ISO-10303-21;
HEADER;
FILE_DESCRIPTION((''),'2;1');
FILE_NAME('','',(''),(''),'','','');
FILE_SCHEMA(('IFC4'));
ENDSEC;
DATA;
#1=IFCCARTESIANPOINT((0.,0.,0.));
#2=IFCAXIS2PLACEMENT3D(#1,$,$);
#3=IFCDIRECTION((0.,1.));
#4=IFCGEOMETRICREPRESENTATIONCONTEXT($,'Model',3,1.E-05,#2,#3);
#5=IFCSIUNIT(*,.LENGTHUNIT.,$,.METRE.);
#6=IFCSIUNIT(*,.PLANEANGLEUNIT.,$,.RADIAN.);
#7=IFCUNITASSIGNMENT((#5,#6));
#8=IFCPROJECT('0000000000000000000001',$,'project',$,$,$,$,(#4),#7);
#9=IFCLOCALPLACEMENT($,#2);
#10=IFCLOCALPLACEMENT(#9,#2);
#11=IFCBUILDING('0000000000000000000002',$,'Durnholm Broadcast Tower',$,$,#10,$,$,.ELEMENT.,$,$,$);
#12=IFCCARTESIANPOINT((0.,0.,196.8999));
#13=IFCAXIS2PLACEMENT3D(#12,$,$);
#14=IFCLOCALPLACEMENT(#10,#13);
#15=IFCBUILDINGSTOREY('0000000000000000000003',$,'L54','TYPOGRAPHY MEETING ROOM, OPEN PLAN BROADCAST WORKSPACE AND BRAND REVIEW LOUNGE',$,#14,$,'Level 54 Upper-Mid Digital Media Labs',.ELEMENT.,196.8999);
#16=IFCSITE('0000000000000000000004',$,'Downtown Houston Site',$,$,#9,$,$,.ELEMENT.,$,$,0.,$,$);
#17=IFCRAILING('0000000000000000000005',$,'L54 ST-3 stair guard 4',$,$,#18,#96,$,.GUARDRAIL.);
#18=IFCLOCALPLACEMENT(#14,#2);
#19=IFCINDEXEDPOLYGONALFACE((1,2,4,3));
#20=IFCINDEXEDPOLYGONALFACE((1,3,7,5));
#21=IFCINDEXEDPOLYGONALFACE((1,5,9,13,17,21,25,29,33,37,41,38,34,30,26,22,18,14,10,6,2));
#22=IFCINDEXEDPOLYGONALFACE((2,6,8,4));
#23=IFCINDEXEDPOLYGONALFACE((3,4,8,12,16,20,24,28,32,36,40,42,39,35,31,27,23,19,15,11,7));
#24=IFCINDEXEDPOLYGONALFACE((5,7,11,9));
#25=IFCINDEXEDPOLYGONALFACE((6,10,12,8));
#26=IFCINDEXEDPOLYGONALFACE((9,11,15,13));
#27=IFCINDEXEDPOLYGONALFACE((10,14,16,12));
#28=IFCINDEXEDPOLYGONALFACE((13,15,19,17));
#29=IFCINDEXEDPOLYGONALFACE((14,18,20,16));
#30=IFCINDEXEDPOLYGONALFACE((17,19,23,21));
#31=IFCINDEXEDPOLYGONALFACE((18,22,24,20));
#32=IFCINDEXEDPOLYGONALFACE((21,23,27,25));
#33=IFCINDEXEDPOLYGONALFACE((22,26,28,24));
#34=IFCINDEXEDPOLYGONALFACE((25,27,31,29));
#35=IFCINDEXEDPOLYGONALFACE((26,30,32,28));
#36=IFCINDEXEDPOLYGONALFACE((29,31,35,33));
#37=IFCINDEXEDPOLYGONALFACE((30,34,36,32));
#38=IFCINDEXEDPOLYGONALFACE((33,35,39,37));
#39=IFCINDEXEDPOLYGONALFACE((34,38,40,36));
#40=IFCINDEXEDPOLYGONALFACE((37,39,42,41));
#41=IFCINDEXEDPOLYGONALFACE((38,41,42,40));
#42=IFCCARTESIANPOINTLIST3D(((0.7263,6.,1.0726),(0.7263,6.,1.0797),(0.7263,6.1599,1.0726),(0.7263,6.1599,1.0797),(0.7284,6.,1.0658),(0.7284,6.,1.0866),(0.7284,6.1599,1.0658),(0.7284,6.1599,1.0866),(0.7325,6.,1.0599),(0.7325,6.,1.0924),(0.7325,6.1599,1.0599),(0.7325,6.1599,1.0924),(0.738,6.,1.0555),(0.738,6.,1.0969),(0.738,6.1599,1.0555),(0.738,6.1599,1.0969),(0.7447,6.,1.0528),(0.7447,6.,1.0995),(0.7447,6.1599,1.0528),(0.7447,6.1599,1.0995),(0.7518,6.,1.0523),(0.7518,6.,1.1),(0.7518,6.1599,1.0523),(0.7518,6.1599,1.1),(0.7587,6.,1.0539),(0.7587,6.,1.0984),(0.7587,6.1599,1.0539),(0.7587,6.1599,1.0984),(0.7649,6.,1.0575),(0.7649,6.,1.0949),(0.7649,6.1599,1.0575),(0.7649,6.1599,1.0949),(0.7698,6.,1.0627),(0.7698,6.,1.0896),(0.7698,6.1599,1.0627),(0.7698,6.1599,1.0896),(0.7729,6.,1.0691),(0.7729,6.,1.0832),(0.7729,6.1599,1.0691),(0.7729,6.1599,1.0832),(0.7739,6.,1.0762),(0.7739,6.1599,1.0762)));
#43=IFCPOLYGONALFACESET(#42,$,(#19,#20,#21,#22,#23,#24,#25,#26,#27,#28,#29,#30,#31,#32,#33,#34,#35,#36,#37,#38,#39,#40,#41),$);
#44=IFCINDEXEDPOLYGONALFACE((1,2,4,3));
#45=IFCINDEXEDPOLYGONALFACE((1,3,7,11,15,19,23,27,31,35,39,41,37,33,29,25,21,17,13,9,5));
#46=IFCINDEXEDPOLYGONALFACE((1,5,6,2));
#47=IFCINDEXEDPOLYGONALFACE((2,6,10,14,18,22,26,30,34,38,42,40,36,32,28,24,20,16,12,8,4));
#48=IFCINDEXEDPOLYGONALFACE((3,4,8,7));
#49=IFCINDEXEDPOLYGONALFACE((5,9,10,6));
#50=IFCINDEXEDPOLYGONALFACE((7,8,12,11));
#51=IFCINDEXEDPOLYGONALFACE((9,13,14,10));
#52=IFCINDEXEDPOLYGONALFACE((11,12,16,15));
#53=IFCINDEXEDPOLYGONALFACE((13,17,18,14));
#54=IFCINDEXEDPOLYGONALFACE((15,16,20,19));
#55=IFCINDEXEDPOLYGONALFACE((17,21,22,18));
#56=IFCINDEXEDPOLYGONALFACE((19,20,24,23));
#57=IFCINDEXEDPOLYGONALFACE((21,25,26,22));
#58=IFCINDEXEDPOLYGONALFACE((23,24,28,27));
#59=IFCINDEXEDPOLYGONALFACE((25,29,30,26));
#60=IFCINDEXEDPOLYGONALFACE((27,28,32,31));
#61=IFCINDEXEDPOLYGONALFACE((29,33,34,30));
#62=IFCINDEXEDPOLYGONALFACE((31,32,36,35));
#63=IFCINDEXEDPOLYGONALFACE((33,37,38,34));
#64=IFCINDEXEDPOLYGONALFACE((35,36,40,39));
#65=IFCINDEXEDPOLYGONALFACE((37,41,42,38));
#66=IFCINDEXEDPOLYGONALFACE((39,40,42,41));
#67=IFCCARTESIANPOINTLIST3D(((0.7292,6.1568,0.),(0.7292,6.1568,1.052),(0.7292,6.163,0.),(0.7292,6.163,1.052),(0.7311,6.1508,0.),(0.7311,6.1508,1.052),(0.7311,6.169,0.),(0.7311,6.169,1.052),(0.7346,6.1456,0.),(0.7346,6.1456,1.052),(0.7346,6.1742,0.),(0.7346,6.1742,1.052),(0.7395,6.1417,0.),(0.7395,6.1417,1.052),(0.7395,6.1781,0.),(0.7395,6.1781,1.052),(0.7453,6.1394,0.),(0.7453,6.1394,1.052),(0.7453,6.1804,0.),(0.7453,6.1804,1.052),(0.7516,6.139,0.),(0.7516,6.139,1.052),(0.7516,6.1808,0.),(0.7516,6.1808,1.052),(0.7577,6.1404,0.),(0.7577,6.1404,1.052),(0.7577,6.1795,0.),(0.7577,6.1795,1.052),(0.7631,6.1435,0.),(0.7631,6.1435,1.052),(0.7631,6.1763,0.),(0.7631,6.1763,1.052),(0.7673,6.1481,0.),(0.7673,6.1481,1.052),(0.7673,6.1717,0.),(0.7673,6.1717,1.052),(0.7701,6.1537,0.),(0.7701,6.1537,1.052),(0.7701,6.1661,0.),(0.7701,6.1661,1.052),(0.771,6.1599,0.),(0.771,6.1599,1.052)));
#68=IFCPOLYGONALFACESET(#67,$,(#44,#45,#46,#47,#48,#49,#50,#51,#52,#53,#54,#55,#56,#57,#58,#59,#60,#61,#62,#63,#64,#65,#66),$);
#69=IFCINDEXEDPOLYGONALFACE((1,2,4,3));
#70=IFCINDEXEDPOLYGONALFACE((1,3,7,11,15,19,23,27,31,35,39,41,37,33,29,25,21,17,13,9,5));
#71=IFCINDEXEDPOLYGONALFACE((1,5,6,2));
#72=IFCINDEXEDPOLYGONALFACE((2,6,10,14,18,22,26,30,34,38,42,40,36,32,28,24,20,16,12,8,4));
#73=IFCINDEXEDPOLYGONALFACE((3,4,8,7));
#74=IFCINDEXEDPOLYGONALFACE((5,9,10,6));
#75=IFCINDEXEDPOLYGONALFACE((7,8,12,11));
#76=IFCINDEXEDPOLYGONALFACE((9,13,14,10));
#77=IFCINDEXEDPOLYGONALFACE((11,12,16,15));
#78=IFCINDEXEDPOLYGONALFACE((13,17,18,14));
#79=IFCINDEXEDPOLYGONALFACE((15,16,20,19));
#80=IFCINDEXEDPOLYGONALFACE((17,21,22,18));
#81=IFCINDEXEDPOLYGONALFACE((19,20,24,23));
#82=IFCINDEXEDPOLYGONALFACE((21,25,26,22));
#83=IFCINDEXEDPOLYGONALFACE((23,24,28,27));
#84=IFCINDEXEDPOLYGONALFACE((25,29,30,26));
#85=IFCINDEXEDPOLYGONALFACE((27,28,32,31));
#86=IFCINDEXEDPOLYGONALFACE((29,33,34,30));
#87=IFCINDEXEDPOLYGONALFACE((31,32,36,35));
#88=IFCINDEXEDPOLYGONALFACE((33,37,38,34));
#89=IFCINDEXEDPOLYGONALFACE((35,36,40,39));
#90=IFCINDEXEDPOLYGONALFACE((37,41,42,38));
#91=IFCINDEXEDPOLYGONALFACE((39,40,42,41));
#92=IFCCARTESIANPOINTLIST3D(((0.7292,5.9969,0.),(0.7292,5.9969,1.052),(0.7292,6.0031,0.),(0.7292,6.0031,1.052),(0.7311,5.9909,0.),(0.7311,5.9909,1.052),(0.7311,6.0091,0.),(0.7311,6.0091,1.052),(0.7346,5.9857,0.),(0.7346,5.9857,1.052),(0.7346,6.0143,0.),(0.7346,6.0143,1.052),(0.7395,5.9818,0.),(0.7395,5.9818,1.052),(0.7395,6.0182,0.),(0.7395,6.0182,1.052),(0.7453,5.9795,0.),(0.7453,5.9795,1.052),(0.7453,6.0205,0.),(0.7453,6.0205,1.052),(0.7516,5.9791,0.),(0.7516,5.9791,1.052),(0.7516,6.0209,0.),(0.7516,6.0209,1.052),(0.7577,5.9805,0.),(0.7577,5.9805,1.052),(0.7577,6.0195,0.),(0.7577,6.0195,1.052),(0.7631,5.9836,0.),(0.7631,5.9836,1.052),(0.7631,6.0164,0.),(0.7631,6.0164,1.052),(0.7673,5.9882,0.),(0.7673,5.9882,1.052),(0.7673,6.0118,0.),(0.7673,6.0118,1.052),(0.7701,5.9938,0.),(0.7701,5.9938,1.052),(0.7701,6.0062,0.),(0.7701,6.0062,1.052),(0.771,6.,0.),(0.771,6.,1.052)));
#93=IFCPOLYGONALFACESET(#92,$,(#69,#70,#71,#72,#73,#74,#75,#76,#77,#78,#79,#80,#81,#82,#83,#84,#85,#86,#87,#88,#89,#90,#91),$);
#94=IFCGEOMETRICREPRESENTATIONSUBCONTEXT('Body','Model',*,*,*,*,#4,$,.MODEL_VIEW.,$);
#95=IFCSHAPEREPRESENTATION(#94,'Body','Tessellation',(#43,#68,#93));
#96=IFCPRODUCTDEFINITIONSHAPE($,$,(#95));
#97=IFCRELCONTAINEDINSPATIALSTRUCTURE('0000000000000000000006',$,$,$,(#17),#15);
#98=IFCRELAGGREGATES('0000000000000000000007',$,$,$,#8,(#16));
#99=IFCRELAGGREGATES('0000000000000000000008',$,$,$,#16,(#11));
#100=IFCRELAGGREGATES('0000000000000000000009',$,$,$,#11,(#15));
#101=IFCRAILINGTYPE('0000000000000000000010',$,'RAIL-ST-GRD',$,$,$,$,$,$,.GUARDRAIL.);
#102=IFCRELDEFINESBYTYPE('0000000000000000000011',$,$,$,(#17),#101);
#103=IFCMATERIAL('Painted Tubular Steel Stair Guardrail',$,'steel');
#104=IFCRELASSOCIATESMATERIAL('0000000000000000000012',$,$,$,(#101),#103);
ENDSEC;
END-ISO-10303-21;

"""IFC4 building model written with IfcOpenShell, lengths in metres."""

from ifc_helpers import new_model, si_unit, direction, frame, origin, origin_2d, place, context, subcontext, project, spatial, circle, extrude, material, type_object, element, save


model = new_model("IFC4")

# Units and contexts
model_context = context("Model", 3, precision=1e-05, world=origin(), true_north=direction((0.0, 1.0)))
body_context = subcontext(model_context, "Body", "Model", "MODEL_VIEW")
ifc_project = project(units=[si_unit("LENGTHUNIT", "METRE"), si_unit("PLANEANGLEUNIT", "RADIAN")], contexts=[model_context])

# Site, building, storey
site_placement = place(None, origin())
site = spatial("IfcSite", under=ifc_project, at=site_placement, Name="Downtown Houston Site", CompositionType="ELEMENT", RefElevation=0.0)
building_placement = place(site_placement, origin())
building = spatial("IfcBuilding", under=site, at=building_placement, Name="Durnholm Broadcast Tower", CompositionType="ELEMENT")
storey_placement = place(building_placement, frame((0.0, 0.0, 196.8999)))
storey = spatial("IfcBuildingStorey", under=building, at=storey_placement, Name="L54", Description="TYPOGRAPHY MEETING ROOM, OPEN PLAN BROADCAST WORKSPACE AND BRAND REVIEW LOUNGE", LongName="Level 54 Upper-Mid Digital Media Labs", CompositionType="ELEMENT", Elevation=196.8999)

# Railing
ifc_material_1 = material(Name="Painted Tubular Steel Stair Guardrail", Category="steel")
railing_type_1 = type_object("IfcRailingType", Name="RAIL-ST-GRD", PredefinedType="GUARDRAIL", material=ifc_material_1)
railing_1_placement = place(storey_placement, frame((0.75, 6.1599, 0.0)))
element("IfcRailing", 1, at=railing_1_placement, inside=storey, type_object=railing_type_1, Name="L54 ST-3 stair guard 4", PredefinedType="GUARDRAIL", context=body_context, shape_type="SweptSolid", body=[
    extrude(circle(Radius=0.0239, at=origin_2d()), frame((0.0, 0.0, 1.0762), z_axis=(0.0, -1.0, 0.0), x_axis=(1.0, 0.0, 0.0)), (0.0, 0.0, 1.0), 0.1599),
    extrude(circle(Radius=0.021, at=origin_2d()), origin(), (0.0, 0.0, 1.0), 1.052),
    extrude(circle(Radius=0.021, at=origin_2d()), frame((0.0, -0.1599, 0.0)), (0.0, 0.0, 1.0), 1.052),
])

save(model, "model.ifc")
